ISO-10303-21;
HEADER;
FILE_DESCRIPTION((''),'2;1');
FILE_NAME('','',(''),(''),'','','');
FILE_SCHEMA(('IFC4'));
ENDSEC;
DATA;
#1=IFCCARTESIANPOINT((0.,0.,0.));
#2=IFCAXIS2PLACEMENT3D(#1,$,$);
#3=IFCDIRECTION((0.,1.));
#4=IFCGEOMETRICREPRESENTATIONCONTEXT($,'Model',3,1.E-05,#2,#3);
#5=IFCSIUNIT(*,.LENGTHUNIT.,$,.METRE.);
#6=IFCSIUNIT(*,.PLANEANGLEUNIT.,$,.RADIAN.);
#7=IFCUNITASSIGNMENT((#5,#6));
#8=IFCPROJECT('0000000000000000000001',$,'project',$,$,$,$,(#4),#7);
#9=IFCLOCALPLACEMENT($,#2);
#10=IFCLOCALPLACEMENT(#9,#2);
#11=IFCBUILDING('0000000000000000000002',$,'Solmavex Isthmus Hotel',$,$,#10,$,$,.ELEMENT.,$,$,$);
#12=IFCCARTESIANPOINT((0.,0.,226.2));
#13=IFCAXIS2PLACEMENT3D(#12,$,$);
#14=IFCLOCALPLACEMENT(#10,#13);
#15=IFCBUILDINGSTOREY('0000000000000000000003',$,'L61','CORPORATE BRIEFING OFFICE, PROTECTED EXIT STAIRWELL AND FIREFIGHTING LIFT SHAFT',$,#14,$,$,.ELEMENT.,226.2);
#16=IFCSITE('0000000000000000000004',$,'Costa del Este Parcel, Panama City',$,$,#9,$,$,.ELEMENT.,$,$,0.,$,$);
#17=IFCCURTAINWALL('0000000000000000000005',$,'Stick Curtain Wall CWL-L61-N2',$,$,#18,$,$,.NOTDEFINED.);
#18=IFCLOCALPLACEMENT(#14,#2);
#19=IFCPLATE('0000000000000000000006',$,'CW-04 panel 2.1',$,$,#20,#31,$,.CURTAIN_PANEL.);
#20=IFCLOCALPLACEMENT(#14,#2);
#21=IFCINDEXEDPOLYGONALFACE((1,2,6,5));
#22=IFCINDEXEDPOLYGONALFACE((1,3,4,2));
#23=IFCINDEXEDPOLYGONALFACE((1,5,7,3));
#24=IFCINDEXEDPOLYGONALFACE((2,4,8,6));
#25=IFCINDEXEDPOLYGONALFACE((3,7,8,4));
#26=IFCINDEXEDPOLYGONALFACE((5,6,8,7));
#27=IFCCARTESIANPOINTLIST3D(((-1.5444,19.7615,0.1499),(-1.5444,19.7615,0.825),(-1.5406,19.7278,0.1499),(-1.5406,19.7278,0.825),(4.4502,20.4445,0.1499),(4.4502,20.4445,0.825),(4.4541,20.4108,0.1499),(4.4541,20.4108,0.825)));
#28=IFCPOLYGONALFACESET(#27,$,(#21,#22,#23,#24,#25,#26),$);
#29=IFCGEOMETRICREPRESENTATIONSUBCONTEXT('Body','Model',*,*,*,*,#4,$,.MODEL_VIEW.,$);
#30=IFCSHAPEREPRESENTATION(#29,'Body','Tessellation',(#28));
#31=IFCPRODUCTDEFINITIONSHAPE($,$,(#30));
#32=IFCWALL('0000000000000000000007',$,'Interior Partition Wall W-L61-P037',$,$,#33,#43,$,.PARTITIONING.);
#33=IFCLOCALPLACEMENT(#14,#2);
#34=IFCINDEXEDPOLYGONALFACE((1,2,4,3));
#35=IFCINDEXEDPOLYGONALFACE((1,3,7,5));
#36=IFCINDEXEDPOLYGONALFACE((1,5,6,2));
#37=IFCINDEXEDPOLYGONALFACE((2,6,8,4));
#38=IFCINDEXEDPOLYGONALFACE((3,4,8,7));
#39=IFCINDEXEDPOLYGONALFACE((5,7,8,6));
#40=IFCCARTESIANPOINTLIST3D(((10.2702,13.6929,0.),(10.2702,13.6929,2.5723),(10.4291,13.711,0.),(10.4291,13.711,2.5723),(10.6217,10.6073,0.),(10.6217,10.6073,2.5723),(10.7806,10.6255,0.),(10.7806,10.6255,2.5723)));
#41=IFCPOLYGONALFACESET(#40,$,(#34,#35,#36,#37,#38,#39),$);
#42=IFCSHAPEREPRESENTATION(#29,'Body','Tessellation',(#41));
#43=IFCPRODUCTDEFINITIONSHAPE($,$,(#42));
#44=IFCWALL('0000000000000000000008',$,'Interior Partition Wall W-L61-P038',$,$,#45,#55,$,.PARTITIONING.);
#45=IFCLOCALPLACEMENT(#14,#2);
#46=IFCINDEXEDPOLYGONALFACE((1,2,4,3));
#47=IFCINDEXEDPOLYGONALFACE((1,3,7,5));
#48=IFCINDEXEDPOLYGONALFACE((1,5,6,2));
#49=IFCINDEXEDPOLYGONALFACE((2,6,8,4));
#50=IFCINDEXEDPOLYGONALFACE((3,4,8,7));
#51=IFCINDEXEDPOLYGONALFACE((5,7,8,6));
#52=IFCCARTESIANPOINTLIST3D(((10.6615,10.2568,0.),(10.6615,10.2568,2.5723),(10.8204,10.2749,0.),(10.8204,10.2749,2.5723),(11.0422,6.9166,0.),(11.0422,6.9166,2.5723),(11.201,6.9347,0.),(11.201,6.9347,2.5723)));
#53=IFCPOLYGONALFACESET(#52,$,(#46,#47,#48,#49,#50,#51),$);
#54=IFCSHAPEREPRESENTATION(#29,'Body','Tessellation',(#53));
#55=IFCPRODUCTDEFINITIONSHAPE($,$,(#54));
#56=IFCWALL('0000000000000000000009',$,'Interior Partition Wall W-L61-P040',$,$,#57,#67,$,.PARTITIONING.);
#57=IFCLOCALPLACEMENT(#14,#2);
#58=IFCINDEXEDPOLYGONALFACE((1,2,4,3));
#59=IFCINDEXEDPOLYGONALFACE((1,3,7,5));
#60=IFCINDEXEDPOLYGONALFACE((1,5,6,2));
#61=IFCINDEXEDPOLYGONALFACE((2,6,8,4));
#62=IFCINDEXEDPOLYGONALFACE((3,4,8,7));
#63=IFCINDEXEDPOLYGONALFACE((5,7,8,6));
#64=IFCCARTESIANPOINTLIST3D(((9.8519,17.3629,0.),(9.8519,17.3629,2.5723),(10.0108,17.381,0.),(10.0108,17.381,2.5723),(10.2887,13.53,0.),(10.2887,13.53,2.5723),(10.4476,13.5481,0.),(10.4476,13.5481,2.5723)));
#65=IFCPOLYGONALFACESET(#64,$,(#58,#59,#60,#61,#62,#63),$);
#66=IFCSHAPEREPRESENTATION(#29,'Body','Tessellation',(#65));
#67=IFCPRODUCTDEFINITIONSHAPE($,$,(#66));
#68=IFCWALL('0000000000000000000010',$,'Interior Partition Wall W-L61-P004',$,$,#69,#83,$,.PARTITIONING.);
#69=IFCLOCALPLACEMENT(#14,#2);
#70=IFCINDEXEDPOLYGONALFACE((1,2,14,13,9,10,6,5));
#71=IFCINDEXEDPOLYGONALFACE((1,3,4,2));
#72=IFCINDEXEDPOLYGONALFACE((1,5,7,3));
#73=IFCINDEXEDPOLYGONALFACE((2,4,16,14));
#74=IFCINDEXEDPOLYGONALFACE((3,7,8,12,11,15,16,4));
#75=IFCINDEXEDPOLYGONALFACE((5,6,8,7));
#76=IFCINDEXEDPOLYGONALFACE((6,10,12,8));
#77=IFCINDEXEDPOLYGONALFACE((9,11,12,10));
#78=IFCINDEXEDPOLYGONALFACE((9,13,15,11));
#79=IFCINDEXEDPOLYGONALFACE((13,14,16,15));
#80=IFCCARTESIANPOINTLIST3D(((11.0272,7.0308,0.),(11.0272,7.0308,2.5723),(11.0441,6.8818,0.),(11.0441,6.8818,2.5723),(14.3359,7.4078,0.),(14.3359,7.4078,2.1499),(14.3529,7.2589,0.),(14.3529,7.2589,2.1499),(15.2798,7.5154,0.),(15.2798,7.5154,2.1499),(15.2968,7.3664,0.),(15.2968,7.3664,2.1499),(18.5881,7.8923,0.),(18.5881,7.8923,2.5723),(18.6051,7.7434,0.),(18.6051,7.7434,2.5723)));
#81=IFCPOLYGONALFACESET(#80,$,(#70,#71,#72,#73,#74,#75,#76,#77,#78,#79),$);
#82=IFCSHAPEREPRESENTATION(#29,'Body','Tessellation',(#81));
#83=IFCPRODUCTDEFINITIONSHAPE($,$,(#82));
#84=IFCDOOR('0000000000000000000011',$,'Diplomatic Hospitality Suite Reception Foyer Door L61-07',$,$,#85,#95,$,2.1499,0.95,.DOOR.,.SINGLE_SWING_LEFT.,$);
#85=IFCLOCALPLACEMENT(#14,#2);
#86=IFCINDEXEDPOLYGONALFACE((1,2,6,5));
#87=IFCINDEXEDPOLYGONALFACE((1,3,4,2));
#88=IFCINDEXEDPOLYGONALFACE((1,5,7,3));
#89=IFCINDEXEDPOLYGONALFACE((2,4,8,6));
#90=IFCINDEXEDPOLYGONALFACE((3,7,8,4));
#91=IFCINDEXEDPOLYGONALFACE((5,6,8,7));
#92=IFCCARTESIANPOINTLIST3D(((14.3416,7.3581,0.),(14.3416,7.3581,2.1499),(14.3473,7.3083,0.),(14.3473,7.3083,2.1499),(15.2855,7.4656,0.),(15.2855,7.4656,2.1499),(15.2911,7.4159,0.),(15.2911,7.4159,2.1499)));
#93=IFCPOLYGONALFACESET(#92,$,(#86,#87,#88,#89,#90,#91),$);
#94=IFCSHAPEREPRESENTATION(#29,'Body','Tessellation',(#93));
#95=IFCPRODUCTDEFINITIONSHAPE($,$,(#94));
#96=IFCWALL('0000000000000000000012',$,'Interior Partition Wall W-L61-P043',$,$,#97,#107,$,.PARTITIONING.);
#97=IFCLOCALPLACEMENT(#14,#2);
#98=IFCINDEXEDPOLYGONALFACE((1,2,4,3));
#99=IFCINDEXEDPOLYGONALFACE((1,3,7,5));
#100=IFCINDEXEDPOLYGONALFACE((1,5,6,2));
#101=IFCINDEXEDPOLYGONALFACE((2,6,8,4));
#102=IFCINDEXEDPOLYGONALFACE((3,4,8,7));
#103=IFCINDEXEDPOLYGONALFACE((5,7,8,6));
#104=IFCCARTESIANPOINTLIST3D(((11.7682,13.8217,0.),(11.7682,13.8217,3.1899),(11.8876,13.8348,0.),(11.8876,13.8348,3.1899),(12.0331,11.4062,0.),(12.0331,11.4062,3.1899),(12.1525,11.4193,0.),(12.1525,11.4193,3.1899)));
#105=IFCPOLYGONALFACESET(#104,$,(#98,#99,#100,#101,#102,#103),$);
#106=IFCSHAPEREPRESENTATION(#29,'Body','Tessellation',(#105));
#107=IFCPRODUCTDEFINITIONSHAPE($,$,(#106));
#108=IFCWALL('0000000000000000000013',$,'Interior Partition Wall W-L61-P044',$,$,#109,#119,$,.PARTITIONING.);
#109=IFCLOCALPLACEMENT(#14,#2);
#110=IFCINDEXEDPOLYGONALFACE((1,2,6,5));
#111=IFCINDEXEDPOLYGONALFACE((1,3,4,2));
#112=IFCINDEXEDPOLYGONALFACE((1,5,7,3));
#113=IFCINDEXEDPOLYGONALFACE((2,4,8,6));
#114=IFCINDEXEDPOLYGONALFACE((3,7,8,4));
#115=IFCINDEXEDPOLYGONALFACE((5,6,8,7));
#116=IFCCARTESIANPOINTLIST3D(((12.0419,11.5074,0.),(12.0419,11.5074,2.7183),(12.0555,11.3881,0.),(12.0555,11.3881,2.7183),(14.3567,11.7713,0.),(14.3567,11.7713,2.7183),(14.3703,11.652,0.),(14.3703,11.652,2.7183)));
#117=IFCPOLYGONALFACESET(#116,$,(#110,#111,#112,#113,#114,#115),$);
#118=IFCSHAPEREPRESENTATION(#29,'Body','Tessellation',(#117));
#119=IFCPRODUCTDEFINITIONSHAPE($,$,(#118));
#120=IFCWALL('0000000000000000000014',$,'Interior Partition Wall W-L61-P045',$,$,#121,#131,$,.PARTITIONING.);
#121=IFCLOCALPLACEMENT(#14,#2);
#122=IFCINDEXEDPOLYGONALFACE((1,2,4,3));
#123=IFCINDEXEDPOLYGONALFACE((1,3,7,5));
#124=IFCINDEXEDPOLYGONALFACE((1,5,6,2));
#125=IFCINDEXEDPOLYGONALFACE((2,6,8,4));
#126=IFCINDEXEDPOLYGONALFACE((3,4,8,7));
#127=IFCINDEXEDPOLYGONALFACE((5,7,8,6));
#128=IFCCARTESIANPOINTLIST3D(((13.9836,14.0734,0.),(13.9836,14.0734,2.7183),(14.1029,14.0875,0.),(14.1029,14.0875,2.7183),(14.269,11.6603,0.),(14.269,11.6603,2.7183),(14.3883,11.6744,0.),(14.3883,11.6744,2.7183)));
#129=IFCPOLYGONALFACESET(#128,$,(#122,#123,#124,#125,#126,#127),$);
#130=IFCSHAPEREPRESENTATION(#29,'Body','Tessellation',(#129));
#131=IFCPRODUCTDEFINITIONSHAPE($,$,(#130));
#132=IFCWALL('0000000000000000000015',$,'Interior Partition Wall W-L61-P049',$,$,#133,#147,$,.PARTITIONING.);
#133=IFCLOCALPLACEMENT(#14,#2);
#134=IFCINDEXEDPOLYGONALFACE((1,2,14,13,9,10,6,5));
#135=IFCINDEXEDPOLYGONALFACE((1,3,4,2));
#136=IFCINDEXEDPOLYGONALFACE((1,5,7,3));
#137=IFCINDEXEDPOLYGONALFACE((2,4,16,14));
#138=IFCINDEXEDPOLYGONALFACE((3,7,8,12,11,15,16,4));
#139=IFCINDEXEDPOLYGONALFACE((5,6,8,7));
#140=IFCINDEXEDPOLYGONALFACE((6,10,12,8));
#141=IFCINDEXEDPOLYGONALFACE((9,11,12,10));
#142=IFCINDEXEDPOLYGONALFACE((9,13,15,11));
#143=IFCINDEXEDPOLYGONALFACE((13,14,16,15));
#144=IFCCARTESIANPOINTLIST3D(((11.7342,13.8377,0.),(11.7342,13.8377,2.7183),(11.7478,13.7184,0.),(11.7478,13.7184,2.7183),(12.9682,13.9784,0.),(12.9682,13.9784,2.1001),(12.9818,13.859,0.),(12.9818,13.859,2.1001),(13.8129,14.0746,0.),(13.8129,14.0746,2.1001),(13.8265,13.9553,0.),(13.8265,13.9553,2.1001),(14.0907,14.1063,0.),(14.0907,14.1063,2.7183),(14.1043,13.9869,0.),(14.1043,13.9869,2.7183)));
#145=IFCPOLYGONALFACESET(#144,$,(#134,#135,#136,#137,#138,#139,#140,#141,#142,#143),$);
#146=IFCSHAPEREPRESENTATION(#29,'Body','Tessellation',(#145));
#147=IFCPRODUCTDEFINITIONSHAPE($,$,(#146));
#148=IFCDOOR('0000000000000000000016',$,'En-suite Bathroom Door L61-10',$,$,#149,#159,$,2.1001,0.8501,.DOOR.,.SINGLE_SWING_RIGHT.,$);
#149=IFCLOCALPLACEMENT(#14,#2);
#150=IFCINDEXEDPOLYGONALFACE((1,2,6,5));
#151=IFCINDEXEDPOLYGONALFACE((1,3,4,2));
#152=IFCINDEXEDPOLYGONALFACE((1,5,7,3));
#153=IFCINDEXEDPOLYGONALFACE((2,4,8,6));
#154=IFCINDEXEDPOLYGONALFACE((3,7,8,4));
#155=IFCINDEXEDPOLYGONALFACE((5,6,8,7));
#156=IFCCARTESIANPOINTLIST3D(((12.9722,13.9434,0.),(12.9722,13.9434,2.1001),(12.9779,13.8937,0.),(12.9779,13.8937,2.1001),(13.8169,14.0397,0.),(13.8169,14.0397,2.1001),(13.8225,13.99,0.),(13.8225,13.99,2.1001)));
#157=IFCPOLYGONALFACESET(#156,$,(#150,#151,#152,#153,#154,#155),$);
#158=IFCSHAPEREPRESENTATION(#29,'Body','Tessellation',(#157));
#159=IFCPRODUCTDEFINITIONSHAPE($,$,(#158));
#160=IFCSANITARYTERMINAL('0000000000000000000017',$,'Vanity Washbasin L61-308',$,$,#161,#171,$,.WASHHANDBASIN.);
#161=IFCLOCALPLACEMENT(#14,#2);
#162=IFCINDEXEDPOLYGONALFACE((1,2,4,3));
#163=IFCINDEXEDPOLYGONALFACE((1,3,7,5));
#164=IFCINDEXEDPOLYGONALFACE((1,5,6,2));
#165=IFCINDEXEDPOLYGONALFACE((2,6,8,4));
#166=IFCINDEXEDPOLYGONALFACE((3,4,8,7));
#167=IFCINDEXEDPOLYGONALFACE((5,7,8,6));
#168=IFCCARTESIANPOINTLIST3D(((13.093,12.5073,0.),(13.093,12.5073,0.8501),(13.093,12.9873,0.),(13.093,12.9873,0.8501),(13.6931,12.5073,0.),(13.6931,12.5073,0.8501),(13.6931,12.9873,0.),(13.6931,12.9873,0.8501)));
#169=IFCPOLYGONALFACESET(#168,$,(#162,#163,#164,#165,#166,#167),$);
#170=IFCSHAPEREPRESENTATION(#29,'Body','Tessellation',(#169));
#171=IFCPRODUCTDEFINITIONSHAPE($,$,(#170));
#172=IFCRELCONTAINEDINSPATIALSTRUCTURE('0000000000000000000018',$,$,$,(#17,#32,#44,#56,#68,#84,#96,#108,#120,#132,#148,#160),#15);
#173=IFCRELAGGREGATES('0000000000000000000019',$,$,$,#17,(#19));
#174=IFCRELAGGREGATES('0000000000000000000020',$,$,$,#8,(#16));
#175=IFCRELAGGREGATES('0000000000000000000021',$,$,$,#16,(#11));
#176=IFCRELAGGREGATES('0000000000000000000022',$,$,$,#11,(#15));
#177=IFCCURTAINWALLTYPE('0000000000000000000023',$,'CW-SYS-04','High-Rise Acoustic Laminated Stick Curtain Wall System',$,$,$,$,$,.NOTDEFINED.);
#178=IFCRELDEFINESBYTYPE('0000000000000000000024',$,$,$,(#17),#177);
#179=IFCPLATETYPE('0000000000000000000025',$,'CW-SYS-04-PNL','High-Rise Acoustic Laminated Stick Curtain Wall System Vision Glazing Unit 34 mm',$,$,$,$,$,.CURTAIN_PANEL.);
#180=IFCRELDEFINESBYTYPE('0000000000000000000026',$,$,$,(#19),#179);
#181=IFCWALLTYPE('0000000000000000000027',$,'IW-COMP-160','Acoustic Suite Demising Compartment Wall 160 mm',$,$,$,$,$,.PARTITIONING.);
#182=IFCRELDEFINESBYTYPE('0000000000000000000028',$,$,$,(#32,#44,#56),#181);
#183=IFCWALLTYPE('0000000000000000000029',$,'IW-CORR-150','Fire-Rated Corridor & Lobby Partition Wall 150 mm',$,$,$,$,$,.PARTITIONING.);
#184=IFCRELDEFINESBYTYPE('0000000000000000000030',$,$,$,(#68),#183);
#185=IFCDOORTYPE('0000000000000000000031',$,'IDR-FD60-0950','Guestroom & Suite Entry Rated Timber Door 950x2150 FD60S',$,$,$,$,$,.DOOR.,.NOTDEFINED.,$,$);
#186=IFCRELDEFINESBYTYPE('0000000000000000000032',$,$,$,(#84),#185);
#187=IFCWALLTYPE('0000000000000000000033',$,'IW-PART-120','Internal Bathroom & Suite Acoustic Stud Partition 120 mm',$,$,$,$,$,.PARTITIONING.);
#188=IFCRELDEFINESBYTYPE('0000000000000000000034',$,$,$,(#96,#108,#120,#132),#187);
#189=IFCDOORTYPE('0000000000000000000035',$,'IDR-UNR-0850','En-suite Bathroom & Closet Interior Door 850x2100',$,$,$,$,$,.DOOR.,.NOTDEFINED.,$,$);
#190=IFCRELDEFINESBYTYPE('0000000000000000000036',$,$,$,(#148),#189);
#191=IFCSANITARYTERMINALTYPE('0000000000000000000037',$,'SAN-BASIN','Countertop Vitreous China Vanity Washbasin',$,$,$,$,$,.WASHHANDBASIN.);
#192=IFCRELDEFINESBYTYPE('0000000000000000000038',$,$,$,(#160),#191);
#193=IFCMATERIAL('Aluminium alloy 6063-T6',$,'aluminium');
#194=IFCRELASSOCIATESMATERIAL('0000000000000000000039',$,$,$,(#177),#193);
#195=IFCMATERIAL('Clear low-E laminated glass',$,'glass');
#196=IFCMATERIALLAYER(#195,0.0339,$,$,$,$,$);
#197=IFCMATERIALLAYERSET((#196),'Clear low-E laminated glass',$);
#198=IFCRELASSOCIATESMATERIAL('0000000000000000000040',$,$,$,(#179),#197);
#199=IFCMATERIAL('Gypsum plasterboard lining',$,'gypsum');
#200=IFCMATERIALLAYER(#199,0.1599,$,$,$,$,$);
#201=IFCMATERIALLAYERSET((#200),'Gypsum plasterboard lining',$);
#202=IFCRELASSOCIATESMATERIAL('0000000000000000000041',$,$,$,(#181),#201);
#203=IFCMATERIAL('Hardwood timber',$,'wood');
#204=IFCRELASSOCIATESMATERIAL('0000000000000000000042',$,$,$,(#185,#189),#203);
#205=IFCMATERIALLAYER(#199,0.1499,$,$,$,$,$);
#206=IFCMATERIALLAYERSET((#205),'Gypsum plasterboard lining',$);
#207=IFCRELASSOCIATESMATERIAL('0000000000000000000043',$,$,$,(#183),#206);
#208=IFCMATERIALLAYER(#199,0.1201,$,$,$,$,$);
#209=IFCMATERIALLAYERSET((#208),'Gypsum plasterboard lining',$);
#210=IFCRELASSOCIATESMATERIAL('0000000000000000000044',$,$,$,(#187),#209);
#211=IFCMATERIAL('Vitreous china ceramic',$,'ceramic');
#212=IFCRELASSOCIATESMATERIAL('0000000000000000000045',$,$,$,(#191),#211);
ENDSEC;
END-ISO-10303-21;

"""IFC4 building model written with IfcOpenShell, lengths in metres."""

from ifc_helpers import new_model, si_unit, direction, frame, frame_2d, origin, origin_2d, place, context, subcontext, project, spatial, rectangle, extrude, material, layer, layer_set, type_object, element, fill, aggregate, save


model = new_model("IFC4")

# Units and contexts
model_context = context("Model", 3, precision=1e-05, world=origin(), true_north=direction((0.0, 1.0)))
body_context = subcontext(model_context, "Body", "Model", "MODEL_VIEW")
ifc_project = project(units=[si_unit("LENGTHUNIT", "METRE"), si_unit("PLANEANGLEUNIT", "RADIAN")], contexts=[model_context])

# Site, building, storey
site_placement = place(None, origin())
site = spatial("IfcSite", under=ifc_project, at=site_placement, Name="Costa del Este Parcel, Panama City", CompositionType="ELEMENT", RefElevation=0.0)
building_placement = place(site_placement, origin())
building = spatial("IfcBuilding", under=site, at=building_placement, Name="Solmavex Isthmus Hotel", CompositionType="ELEMENT")
storey_placement = place(building_placement, frame((0.0, 0.0, 226.2)))
storey = spatial("IfcBuildingStorey", under=building, at=storey_placement, Name="L61", Description="CORPORATE BRIEFING OFFICE, PROTECTED EXIT STAIRWELL AND FIREFIGHTING LIFT SHAFT", CompositionType="ELEMENT", Elevation=226.2)

# Curtain wall, plate
ifc_material_1 = material(Name="Aluminium alloy 6063-T6", Category="aluminium")
curtain_wall_type = type_object("IfcCurtainWallType", Name="CW-SYS-04", Description="High-Rise Acoustic Laminated Stick Curtain Wall System", PredefinedType="NOTDEFINED", material=ifc_material_1)
curtain_wall_placement = place(storey_placement, origin())
curtain_wall = element("IfcCurtainWall", 1, at=curtain_wall_placement, inside=storey, type_object=curtain_wall_type, Name="Stick Curtain Wall CWL-L61-N2", PredefinedType="NOTDEFINED")
ifc_material_2 = material(Name="Clear low-E laminated glass", Category="glass")
ifc_layer_1 = layer(ifc_material_2, 0.0339)
ifc_layer_set_1 = layer_set([ifc_layer_1], Name="Clear low-E laminated glass")
plate_type = type_object("IfcPlateType", Name="CW-SYS-04-PNL", Description="High-Rise Acoustic Laminated Stick Curtain Wall System Vision Glazing Unit 34 mm", PredefinedType="CURTAIN_PANEL", material=ifc_layer_set_1)
plate_placement = place(storey_placement, frame((1.4548, 20.0862, 0.1499), z_axis=(0.0, 0.0, 1.0), x_axis=(0.993572, 0.113203, 0.0)))
plate = element("IfcPlate", 2, at=plate_placement, type_object=plate_type, Name="CW-04 panel 2.1", PredefinedType="CURTAIN_PANEL", context=body_context, shape_type="SweptSolid", body=[
    extrude(rectangle(XDim=6.0334, YDim=0.0339, at=origin_2d()), origin(), (0.0, 0.0, 1.0), 0.675),
])
aggregate(curtain_wall, [plate])

# Walls
ifc_material_3 = material(Name="Gypsum plasterboard lining", Category="gypsum")
ifc_layer_2 = layer(ifc_material_3, 0.1599)
ifc_layer_set_2 = layer_set([ifc_layer_2], Name="Gypsum plasterboard lining")
wall_type_1 = type_object("IfcWallType", Name="IW-COMP-160", Description="Acoustic Suite Demising Compartment Wall 160 mm", PredefinedType="PARTITIONING", material=ifc_layer_set_2)
wall_1_placement = place(storey_placement, frame((10.3496, 13.7019, 0.0), z_axis=(0.0, 0.0, 1.0), x_axis=(0.11321, -0.993571, 0.0)))
element("IfcWall", 3, at=wall_1_placement, inside=storey, type_object=wall_type_1, Name="Interior Partition Wall W-L61-P037", PredefinedType="PARTITIONING", context=body_context, shape_type="SweptSolid", body=[
    extrude(rectangle(XDim=3.1055, YDim=0.1599, at=frame_2d((1.5527, 0.0))), origin(), (0.0, 0.0, 1.0), 2.5723),
])
wall_2_placement = place(storey_placement, frame((10.741, 10.2659, 0.0), z_axis=(0.0, 0.0, 1.0), x_axis=(0.113221, -0.99357, 0.0)))
element("IfcWall", 4, at=wall_2_placement, inside=storey, type_object=wall_type_1, Name="Interior Partition Wall W-L61-P038", PredefinedType="PARTITIONING", context=body_context, shape_type="SweptSolid", body=[
    extrude(rectangle(XDim=3.3618, YDim=0.1599, at=frame_2d((1.6809, 0.0))), origin(), (0.0, 0.0, 1.0), 2.5723),
])
wall_3_placement = place(storey_placement, frame((9.9314, 17.3718, 0.0), z_axis=(0.0, 0.0, 1.0), x_axis=(0.113224, -0.99357, 0.0)))
element("IfcWall", 5, at=wall_3_placement, inside=storey, type_object=wall_type_1, Name="Interior Partition Wall W-L61-P040", PredefinedType="PARTITIONING", context=body_context, shape_type="SweptSolid", body=[
    extrude(rectangle(XDim=3.8577, YDim=0.1599, at=frame_2d((1.9287, 0.0))), origin(), (0.0, 0.0, 1.0), 2.5723),
])

# Wall, opening, door
ifc_material_4 = material(Name="Hardwood timber", Category="wood")
door_type_1 = type_object("IfcDoorType", Name="IDR-FD60-0950", Description="Guestroom & Suite Entry Rated Timber Door 950x2150 FD60S", OperationType="NOTDEFINED", PredefinedType="DOOR", material=ifc_material_4)
ifc_layer_3 = layer(ifc_material_3, 0.1499)
ifc_layer_set_3 = layer_set([ifc_layer_3], Name="Gypsum plasterboard lining")
wall_type_2 = type_object("IfcWallType", Name="IW-CORR-150", Description="Fire-Rated Corridor & Lobby Partition Wall 150 mm", PredefinedType="PARTITIONING", material=ifc_layer_set_3)
wall_4_placement = place(storey_placement, frame((11.0356, 6.9563, 0.0), z_axis=(0.0, 0.0, 1.0), x_axis=(0.99357, 0.113216, 0.0)))
wall_4 = element("IfcWall", 6, at=wall_4_placement, inside=storey, type_object=wall_type_2, Name="Interior Partition Wall W-L61-P004", PredefinedType="PARTITIONING", context=body_context, shape_type="SweptSolid", body=[
    extrude(rectangle(XDim=7.6099, YDim=0.1499, at=frame_2d((3.8049, 0.0))), origin(), (0.0, 0.0, 1.0), 2.5723),
])
opening_1_placement = place(wall_4_placement, frame((3.3301, 0.0, 0.0)))
opening_1 = element("IfcOpeningElement", 7, at=opening_1_placement, cuts=wall_4, PredefinedType="OPENING", context=body_context, shape_type="SweptSolid", body=[
    extrude(rectangle(XDim=0.95, YDim=2.1499, at=frame_2d((0.4751, 1.075))), frame((0.0, 0.085, 0.0), z_axis=(0.0, -1.0, 0.0), x_axis=(1.0, 0.0, 0.0)), (0.0, 0.0, 1.0), 0.1699),
])
door_1_placement = place(opening_1_placement, origin())
door_1 = element("IfcDoor", 8, at=door_1_placement, inside=storey, type_object=door_type_1, Name="Diplomatic Hospitality Suite Reception Foyer Door L61-07", OperationType="SINGLE_SWING_LEFT", OverallHeight=2.1499, OverallWidth=0.95, PredefinedType="DOOR", context=body_context, shape_type="SweptSolid", body=[
    extrude(rectangle(XDim=0.95, YDim=2.1499, at=frame_2d((0.4751, 1.075))), frame((0.0, 0.0249, 0.0), z_axis=(0.0, -1.0, 0.0), x_axis=(1.0, 0.0, 0.0)), (0.0, 0.0, 1.0), 0.05),
])
fill(opening_1, door_1)

# Walls
ifc_layer_4 = layer(ifc_material_3, 0.1201)
ifc_layer_set_4 = layer_set([ifc_layer_4], Name="Gypsum plasterboard lining")
wall_type_3 = type_object("IfcWallType", Name="IW-PART-120", Description="Internal Bathroom & Suite Acoustic Stud Partition 120 mm", PredefinedType="PARTITIONING", material=ifc_layer_set_4)
wall_5_placement = place(storey_placement, frame((11.8279, 13.8281, 0.0), z_axis=(0.0, 0.0, 1.0), x_axis=(0.109009, -0.994041, 0.0)))
element("IfcWall", 9, at=wall_5_placement, inside=storey, type_object=wall_type_3, Name="Interior Partition Wall W-L61-P043", PredefinedType="PARTITIONING", context=body_context, shape_type="SweptSolid", body=[
    extrude(rectangle(XDim=2.4299, YDim=0.1201, at=frame_2d((1.2148, 0.0))), origin(), (0.0, 0.0, 1.0), 3.1899),
])
wall_6_placement = place(storey_placement, frame((12.0486, 11.4478, 0.0), z_axis=(0.0, 0.0, 1.0), x_axis=(0.993564, 0.113272, 0.0)))
element("IfcWall", 10, at=wall_6_placement, inside=storey, type_object=wall_type_3, Name="Interior Partition Wall W-L61-P044", PredefinedType="PARTITIONING", context=body_context, shape_type="SweptSolid", body=[
    extrude(rectangle(XDim=2.3298, YDim=0.1201, at=frame_2d((1.165, 0.0))), origin(), (0.0, 0.0, 1.0), 2.7183),
])
wall_7_placement = place(storey_placement, frame((14.3286, 11.6675, 0.0), z_axis=(0.0, 0.0, 1.0), x_axis=(-0.117453, 0.993078, 0.0)))
element("IfcWall", 11, at=wall_7_placement, inside=storey, type_object=wall_type_3, Name="Interior Partition Wall W-L61-P045", PredefinedType="PARTITIONING", context=body_context, shape_type="SweptSolid", body=[
    extrude(rectangle(XDim=2.4299, YDim=0.1201, at=frame_2d((1.2148, 0.0))), origin(), (0.0, 0.0, 1.0), 2.7183),
])

# Wall, opening, door
wall_8_placement = place(storey_placement, frame((14.0977, 14.0466, 0.0), z_axis=(0.0, 0.0, 1.0), x_axis=(-0.99357, -0.113221, 0.0)))
wall_8 = element("IfcWall", 12, at=wall_8_placement, inside=storey, type_object=wall_type_3, Name="Interior Partition Wall W-L61-P049", PredefinedType="PARTITIONING", context=body_context, shape_type="SweptSolid", body=[
    extrude(rectangle(XDim=2.3718, YDim=0.1201, at=frame_2d((1.186, 0.0))), origin(), (0.0, 0.0, 1.0), 2.7183),
])
opening_2_placement = place(wall_8_placement, frame((0.2798, 0.0, 0.0)))
opening_2 = element("IfcOpeningElement", 13, at=opening_2_placement, cuts=wall_8, PredefinedType="OPENING", context=body_context, shape_type="SweptSolid", body=[
    extrude(rectangle(XDim=0.8501, YDim=2.1001, at=frame_2d((0.425, 1.05))), frame((0.0, 0.0701, 0.0), z_axis=(0.0, -1.0, 0.0), x_axis=(1.0, 0.0, 0.0)), (0.0, 0.0, 1.0), 0.1401),
])
door_type_2 = type_object("IfcDoorType", Name="IDR-UNR-0850", Description="En-suite Bathroom & Closet Interior Door 850x2100", OperationType="NOTDEFINED", PredefinedType="DOOR", material=ifc_material_4)
door_2_placement = place(opening_2_placement, frame((0.8501, 0.0, 0.0), z_axis=(0.0, 0.0, 1.0), x_axis=(-1.0, 0.0, 0.0)))
door_2 = element("IfcDoor", 14, at=door_2_placement, inside=storey, type_object=door_type_2, Name="En-suite Bathroom Door L61-10", OperationType="SINGLE_SWING_RIGHT", OverallHeight=2.1001, OverallWidth=0.8501, PredefinedType="DOOR", context=body_context, shape_type="SweptSolid", body=[
    extrude(rectangle(XDim=0.8501, YDim=2.1001, at=frame_2d((0.425, 1.05))), frame((0.0, 0.0249, 0.0), z_axis=(0.0, -1.0, 0.0), x_axis=(1.0, 0.0, 0.0)), (0.0, 0.0, 1.0), 0.05),
])
fill(opening_2, door_2)

# Sanitary terminal
ifc_material_5 = material(Name="Vitreous china ceramic", Category="ceramic")
sanitary_terminal_type_1 = type_object("IfcSanitaryTerminalType", Name="SAN-BASIN", Description="Countertop Vitreous China Vanity Washbasin", PredefinedType="WASHHANDBASIN", material=ifc_material_5)
sanitary_terminal_1_placement = place(storey_placement, frame((13.3931, 12.7473, 0.0), z_axis=(0.0, 0.0, 1.0), x_axis=(1.0, 0.0, 0.0)))
element("IfcSanitaryTerminal", 15, at=sanitary_terminal_1_placement, inside=storey, type_object=sanitary_terminal_type_1, Name="Vanity Washbasin L61-308", PredefinedType="WASHHANDBASIN", context=body_context, shape_type="SweptSolid", body=[
    extrude(rectangle(XDim=0.6001, YDim=0.48, at=origin_2d()), origin(), (0.0, 0.0, 1.0), 0.8501),
])

save(model, "model.ifc")
